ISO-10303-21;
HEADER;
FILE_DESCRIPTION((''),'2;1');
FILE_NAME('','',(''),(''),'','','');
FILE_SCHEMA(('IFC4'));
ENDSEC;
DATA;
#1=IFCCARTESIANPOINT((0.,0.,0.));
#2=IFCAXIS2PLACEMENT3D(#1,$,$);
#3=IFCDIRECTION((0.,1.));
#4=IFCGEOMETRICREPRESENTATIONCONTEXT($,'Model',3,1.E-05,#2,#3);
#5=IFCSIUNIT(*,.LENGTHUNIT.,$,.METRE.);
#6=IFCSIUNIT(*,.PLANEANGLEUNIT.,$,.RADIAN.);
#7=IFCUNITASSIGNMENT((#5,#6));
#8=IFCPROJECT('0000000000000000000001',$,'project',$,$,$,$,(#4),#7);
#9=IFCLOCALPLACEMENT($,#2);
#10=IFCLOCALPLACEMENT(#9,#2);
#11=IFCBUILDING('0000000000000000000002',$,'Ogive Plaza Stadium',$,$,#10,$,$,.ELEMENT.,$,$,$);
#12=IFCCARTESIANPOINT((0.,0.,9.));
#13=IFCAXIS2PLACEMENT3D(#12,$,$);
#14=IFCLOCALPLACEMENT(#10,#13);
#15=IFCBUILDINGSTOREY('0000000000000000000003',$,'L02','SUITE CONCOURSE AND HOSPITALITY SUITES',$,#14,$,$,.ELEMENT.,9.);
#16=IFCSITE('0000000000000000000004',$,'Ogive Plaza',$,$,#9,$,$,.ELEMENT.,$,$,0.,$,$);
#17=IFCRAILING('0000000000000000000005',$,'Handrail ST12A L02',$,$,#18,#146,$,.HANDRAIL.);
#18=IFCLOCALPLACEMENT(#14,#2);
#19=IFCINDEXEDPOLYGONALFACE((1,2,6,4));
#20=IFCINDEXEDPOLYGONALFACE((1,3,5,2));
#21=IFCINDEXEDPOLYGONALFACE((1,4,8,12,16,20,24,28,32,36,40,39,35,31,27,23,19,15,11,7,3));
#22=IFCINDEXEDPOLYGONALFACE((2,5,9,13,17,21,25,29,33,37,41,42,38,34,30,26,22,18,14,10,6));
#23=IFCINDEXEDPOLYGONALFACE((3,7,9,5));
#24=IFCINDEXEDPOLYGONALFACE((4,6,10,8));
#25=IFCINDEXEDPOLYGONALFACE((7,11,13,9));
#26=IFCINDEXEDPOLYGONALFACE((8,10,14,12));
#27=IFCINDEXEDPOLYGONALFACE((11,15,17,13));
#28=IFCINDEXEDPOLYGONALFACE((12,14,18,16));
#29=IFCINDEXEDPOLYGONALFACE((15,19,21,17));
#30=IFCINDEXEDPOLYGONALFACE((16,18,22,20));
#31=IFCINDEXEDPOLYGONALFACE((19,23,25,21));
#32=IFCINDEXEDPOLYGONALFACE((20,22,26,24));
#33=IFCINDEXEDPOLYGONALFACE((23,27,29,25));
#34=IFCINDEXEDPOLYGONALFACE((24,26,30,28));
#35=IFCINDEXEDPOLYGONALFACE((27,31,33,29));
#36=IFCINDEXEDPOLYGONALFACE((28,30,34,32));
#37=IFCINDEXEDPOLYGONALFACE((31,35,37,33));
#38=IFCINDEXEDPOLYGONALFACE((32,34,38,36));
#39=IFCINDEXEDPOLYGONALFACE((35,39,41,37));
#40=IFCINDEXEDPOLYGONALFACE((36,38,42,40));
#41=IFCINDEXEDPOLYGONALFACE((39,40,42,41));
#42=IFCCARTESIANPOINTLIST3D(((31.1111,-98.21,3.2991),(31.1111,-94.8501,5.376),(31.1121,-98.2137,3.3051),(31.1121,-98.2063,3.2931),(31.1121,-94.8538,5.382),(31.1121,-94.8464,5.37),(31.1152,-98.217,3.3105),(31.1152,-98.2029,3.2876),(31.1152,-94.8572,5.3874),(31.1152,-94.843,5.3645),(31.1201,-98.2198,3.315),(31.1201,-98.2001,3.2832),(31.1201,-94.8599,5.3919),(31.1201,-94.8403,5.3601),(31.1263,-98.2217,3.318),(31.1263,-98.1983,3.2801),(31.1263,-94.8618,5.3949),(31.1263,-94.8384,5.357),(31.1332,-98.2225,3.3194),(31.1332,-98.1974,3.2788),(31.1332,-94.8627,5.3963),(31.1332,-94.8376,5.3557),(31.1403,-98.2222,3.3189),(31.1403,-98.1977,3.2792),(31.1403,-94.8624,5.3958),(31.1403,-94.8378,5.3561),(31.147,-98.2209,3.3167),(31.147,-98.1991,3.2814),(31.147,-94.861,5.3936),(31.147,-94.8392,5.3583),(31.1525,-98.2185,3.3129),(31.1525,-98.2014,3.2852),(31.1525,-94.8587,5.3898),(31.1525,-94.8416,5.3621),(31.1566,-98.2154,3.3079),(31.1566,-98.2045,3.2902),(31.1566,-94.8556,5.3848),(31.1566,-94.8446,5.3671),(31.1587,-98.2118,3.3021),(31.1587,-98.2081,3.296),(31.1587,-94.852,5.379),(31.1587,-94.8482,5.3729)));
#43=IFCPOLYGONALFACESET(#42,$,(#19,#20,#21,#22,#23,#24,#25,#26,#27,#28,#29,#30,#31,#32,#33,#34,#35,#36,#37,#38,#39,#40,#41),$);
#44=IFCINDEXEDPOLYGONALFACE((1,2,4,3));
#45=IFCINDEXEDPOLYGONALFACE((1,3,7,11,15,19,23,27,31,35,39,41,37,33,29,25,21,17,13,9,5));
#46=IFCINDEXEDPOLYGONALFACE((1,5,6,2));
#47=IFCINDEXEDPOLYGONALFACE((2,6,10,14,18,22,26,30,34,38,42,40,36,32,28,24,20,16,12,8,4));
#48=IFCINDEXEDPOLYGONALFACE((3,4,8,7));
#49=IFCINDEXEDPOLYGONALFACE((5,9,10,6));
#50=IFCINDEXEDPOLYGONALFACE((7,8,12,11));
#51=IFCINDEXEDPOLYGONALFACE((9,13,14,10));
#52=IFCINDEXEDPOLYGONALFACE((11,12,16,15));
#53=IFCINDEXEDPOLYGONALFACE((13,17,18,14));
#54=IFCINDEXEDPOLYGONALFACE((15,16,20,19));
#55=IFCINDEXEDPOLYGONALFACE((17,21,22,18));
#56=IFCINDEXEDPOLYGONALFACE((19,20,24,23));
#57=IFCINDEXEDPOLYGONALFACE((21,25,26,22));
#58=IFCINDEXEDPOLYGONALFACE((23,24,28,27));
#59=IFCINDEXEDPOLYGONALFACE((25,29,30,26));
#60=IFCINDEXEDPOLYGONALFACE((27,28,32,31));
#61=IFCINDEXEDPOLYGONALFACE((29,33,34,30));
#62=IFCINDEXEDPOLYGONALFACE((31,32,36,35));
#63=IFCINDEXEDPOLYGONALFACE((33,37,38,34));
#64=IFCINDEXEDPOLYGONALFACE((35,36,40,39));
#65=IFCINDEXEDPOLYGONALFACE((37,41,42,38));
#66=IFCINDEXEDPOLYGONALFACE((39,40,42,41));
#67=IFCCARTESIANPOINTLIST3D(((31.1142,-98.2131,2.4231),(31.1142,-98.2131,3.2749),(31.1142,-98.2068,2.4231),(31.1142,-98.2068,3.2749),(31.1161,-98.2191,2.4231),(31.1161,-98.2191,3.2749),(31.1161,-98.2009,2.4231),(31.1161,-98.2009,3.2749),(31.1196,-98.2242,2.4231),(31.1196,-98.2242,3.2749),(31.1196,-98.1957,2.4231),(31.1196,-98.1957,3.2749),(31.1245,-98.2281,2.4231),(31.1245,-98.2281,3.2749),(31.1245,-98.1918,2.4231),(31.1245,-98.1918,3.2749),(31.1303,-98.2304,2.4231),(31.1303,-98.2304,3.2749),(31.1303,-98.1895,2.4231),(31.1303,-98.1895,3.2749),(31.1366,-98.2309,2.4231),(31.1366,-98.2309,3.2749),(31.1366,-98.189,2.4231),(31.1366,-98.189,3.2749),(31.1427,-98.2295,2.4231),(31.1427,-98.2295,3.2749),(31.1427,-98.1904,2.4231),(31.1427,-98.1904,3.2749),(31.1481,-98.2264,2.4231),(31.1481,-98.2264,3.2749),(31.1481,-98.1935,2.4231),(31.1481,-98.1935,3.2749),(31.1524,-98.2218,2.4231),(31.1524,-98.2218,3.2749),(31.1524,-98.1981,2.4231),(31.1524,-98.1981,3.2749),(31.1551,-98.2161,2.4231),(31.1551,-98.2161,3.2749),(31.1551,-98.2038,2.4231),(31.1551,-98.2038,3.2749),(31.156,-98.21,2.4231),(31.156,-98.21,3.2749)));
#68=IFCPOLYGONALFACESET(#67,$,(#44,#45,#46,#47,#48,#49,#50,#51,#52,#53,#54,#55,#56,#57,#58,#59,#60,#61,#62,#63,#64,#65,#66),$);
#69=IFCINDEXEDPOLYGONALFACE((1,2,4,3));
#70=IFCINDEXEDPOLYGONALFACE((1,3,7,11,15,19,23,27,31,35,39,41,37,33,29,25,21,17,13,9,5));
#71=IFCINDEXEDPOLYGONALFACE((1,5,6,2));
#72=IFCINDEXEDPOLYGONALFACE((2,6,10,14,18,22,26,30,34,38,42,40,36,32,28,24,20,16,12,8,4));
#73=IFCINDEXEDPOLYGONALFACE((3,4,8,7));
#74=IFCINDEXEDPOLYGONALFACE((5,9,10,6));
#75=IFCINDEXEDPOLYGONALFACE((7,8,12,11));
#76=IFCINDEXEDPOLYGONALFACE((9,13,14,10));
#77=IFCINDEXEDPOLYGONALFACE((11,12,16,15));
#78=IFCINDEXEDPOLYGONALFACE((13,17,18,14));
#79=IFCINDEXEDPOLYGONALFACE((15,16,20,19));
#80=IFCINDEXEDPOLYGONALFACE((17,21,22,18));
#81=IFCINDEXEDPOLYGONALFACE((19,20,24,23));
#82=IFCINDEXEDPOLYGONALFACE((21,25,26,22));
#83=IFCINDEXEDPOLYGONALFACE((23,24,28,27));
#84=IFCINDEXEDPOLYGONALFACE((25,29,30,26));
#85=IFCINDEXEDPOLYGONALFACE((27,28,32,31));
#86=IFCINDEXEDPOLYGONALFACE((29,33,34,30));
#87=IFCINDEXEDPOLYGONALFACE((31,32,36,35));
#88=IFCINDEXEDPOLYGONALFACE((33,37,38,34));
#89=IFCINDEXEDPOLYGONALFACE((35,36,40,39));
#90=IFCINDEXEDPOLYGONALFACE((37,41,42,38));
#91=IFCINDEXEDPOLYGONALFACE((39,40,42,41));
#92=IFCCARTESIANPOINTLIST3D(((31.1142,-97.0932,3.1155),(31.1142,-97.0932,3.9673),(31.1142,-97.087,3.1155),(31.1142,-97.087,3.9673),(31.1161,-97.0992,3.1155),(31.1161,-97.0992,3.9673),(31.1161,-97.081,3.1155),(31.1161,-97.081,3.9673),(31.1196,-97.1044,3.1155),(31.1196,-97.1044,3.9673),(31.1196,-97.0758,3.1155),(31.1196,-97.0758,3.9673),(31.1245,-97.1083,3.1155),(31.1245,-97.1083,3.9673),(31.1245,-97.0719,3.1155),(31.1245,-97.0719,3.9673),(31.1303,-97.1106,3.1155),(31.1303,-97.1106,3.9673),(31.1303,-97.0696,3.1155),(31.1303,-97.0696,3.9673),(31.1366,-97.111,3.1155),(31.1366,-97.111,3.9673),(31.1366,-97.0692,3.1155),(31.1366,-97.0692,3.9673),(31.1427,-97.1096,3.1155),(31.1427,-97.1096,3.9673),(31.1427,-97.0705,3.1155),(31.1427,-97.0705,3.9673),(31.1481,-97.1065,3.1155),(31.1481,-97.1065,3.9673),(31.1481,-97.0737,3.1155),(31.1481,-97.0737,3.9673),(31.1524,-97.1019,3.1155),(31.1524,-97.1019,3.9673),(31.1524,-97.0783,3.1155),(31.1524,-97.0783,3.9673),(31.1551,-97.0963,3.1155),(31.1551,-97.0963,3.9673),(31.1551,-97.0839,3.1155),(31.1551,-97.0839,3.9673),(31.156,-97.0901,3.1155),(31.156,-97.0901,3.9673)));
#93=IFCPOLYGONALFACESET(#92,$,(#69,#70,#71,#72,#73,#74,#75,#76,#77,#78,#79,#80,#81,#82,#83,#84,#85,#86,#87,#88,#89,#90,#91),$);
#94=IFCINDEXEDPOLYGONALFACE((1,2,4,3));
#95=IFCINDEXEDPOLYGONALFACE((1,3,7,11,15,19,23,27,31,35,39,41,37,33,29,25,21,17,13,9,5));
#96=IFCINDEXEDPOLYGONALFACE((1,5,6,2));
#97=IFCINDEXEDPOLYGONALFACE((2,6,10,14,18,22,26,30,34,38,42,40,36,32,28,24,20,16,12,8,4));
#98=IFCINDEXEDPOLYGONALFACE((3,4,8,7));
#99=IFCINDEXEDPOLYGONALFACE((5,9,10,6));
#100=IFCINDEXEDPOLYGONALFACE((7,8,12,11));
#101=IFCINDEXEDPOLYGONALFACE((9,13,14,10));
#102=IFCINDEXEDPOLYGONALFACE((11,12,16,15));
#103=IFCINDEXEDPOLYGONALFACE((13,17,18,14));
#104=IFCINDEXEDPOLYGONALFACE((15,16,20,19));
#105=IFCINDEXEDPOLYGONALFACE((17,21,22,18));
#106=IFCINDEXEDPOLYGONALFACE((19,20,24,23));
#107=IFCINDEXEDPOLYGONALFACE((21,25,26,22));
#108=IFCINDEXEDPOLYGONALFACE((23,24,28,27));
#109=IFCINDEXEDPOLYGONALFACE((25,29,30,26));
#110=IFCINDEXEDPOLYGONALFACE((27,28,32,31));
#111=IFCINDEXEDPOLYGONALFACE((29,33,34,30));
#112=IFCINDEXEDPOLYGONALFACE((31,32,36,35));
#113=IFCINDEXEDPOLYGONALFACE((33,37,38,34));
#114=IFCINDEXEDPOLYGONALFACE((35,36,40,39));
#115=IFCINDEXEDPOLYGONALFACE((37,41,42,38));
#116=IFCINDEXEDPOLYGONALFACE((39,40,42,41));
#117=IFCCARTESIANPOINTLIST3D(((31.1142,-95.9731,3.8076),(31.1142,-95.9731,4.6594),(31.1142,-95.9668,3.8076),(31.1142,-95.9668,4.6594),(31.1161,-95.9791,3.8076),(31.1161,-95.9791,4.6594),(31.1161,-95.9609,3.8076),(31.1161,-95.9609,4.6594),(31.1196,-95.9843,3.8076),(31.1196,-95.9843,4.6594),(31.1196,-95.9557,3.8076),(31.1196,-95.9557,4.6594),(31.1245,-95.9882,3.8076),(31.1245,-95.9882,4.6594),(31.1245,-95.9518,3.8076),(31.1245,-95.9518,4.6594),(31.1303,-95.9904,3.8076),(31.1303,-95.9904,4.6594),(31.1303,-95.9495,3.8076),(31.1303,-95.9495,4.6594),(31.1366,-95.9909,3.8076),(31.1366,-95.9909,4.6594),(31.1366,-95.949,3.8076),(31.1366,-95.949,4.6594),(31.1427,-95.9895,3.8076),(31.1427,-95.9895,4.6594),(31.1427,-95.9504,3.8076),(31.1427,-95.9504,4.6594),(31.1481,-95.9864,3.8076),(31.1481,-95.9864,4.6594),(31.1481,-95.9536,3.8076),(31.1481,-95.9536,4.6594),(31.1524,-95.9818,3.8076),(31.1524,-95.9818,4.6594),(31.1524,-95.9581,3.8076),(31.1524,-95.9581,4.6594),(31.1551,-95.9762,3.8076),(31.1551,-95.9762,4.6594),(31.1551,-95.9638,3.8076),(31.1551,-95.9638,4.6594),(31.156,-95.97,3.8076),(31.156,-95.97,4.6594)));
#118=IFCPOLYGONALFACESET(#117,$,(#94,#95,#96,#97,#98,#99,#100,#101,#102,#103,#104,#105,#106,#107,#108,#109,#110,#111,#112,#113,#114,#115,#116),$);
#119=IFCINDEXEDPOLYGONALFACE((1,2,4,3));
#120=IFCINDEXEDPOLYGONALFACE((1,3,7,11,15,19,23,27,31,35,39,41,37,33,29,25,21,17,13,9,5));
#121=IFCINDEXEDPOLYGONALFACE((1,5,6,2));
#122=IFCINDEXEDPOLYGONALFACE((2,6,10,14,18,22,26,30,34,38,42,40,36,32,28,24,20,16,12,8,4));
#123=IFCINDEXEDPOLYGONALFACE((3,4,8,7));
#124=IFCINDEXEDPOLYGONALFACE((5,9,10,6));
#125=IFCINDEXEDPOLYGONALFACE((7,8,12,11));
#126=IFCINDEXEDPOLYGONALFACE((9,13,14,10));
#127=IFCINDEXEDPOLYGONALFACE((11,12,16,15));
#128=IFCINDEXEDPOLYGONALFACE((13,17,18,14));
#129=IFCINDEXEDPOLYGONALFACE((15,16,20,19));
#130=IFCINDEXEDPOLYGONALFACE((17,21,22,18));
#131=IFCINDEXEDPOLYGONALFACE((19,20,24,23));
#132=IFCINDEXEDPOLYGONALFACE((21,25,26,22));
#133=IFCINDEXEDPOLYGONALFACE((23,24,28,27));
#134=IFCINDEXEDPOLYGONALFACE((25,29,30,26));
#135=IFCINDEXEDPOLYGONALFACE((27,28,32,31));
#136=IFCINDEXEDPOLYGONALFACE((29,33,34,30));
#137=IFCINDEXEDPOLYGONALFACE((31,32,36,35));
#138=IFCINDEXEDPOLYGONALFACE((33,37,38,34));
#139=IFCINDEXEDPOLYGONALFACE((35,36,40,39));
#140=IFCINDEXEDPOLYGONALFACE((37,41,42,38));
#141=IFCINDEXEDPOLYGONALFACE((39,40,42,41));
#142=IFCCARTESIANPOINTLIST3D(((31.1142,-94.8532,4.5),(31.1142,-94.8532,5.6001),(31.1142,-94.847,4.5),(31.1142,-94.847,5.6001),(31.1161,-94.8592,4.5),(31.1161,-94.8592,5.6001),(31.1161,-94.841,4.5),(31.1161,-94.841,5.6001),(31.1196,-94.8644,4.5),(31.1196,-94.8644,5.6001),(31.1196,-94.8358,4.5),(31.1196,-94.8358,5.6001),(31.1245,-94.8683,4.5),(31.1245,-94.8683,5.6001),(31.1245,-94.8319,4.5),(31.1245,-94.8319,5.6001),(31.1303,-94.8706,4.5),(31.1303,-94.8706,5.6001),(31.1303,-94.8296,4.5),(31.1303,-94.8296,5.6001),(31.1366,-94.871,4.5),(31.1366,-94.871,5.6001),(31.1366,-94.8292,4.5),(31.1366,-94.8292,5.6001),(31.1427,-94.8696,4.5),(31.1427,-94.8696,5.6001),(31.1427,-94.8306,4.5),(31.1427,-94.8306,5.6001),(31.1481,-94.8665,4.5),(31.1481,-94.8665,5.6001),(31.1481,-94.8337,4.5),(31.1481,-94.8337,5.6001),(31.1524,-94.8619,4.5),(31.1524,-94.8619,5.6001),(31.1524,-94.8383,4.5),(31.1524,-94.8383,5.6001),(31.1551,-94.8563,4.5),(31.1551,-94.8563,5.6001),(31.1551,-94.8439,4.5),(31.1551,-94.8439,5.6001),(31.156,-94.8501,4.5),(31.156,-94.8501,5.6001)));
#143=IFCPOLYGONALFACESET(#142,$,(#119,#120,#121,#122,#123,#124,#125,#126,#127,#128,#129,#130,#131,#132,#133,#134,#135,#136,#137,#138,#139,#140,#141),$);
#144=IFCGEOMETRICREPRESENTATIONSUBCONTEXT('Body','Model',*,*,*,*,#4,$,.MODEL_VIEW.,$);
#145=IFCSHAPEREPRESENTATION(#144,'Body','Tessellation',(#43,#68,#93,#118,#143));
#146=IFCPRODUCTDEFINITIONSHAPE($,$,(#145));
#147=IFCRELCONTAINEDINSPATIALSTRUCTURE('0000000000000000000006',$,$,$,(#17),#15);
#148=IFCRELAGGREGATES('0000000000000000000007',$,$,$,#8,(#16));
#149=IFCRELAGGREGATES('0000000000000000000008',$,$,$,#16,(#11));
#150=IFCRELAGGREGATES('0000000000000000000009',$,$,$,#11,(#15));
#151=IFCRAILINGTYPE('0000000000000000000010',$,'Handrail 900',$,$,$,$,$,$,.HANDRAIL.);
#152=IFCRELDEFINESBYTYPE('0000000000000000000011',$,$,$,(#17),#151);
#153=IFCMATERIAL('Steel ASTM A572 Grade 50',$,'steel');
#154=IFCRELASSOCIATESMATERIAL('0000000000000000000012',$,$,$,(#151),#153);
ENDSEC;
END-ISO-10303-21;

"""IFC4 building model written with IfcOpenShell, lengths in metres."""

from ifc_helpers import new_model, si_unit, direction, frame, origin, origin_2d, place, context, subcontext, project, spatial, circle, extrude, material, type_object, element, save


model = new_model("IFC4")

# Units and contexts
model_context = context("Model", 3, precision=1e-05, world=origin(), true_north=direction((0.0, 1.0)))
body_context = subcontext(model_context, "Body", "Model", "MODEL_VIEW")
ifc_project = project(units=[si_unit("LENGTHUNIT", "METRE"), si_unit("PLANEANGLEUNIT", "RADIAN")], contexts=[model_context])

# Site, building, storey
site_placement = place(None, origin())
site = spatial("IfcSite", under=ifc_project, at=site_placement, Name="Ogive Plaza", CompositionType="ELEMENT", RefElevation=0.0)
building_placement = place(site_placement, origin())
building = spatial("IfcBuilding", under=site, at=building_placement, Name="Ogive Plaza Stadium", CompositionType="ELEMENT")
storey_placement = place(building_placement, frame((0.0, 0.0, 9.0)))
storey = spatial("IfcBuildingStorey", under=building, at=storey_placement, Name="L02", Description="SUITE CONCOURSE AND HOSPITALITY SUITES", CompositionType="ELEMENT", Elevation=9.0)

# Railing
ifc_material_1 = material(Name="Steel ASTM A572 Grade 50", Category="steel")
railing_type_1 = type_object("IfcRailingType", Name="Handrail 900", PredefinedType="HANDRAIL", material=ifc_material_1)
for number, where, name in (
    (1, (31.135, -98.21, 2.4231), "Handrail ST12A L02"),
):
    element("IfcRailing", number, at=place(storey_placement, frame(where)), inside=storey, type_object=railing_type_1, Name=name, PredefinedType="HANDRAIL", context=body_context, shape_type="SweptSolid", body=[
        extrude(circle(Radius=0.0239, at=origin_2d()), frame((0.0, 0.0, 0.876), z_axis=(0.0, 0.850606, 0.525803), x_axis=(-1.0, 0.0, 0.0)), (0.0, 0.0, 1.0), 3.95),
        extrude(circle(Radius=0.021, at=origin_2d()), origin(), (0.0, 0.0, 1.0), 0.8518),
        extrude(circle(Radius=0.021, at=origin_2d()), frame((0.0, 1.1199, 0.6924)), (0.0, 0.0, 1.0), 0.8518),
        extrude(circle(Radius=0.021, at=origin_2d()), frame((0.0, 2.24, 1.3845)), (0.0, 0.0, 1.0), 0.8518),
        extrude(circle(Radius=0.021, at=origin_2d()), frame((0.0, 3.3599, 2.0769)), (0.0, 0.0, 1.0), 1.1001),
    ])

save(model, "model.ifc")
